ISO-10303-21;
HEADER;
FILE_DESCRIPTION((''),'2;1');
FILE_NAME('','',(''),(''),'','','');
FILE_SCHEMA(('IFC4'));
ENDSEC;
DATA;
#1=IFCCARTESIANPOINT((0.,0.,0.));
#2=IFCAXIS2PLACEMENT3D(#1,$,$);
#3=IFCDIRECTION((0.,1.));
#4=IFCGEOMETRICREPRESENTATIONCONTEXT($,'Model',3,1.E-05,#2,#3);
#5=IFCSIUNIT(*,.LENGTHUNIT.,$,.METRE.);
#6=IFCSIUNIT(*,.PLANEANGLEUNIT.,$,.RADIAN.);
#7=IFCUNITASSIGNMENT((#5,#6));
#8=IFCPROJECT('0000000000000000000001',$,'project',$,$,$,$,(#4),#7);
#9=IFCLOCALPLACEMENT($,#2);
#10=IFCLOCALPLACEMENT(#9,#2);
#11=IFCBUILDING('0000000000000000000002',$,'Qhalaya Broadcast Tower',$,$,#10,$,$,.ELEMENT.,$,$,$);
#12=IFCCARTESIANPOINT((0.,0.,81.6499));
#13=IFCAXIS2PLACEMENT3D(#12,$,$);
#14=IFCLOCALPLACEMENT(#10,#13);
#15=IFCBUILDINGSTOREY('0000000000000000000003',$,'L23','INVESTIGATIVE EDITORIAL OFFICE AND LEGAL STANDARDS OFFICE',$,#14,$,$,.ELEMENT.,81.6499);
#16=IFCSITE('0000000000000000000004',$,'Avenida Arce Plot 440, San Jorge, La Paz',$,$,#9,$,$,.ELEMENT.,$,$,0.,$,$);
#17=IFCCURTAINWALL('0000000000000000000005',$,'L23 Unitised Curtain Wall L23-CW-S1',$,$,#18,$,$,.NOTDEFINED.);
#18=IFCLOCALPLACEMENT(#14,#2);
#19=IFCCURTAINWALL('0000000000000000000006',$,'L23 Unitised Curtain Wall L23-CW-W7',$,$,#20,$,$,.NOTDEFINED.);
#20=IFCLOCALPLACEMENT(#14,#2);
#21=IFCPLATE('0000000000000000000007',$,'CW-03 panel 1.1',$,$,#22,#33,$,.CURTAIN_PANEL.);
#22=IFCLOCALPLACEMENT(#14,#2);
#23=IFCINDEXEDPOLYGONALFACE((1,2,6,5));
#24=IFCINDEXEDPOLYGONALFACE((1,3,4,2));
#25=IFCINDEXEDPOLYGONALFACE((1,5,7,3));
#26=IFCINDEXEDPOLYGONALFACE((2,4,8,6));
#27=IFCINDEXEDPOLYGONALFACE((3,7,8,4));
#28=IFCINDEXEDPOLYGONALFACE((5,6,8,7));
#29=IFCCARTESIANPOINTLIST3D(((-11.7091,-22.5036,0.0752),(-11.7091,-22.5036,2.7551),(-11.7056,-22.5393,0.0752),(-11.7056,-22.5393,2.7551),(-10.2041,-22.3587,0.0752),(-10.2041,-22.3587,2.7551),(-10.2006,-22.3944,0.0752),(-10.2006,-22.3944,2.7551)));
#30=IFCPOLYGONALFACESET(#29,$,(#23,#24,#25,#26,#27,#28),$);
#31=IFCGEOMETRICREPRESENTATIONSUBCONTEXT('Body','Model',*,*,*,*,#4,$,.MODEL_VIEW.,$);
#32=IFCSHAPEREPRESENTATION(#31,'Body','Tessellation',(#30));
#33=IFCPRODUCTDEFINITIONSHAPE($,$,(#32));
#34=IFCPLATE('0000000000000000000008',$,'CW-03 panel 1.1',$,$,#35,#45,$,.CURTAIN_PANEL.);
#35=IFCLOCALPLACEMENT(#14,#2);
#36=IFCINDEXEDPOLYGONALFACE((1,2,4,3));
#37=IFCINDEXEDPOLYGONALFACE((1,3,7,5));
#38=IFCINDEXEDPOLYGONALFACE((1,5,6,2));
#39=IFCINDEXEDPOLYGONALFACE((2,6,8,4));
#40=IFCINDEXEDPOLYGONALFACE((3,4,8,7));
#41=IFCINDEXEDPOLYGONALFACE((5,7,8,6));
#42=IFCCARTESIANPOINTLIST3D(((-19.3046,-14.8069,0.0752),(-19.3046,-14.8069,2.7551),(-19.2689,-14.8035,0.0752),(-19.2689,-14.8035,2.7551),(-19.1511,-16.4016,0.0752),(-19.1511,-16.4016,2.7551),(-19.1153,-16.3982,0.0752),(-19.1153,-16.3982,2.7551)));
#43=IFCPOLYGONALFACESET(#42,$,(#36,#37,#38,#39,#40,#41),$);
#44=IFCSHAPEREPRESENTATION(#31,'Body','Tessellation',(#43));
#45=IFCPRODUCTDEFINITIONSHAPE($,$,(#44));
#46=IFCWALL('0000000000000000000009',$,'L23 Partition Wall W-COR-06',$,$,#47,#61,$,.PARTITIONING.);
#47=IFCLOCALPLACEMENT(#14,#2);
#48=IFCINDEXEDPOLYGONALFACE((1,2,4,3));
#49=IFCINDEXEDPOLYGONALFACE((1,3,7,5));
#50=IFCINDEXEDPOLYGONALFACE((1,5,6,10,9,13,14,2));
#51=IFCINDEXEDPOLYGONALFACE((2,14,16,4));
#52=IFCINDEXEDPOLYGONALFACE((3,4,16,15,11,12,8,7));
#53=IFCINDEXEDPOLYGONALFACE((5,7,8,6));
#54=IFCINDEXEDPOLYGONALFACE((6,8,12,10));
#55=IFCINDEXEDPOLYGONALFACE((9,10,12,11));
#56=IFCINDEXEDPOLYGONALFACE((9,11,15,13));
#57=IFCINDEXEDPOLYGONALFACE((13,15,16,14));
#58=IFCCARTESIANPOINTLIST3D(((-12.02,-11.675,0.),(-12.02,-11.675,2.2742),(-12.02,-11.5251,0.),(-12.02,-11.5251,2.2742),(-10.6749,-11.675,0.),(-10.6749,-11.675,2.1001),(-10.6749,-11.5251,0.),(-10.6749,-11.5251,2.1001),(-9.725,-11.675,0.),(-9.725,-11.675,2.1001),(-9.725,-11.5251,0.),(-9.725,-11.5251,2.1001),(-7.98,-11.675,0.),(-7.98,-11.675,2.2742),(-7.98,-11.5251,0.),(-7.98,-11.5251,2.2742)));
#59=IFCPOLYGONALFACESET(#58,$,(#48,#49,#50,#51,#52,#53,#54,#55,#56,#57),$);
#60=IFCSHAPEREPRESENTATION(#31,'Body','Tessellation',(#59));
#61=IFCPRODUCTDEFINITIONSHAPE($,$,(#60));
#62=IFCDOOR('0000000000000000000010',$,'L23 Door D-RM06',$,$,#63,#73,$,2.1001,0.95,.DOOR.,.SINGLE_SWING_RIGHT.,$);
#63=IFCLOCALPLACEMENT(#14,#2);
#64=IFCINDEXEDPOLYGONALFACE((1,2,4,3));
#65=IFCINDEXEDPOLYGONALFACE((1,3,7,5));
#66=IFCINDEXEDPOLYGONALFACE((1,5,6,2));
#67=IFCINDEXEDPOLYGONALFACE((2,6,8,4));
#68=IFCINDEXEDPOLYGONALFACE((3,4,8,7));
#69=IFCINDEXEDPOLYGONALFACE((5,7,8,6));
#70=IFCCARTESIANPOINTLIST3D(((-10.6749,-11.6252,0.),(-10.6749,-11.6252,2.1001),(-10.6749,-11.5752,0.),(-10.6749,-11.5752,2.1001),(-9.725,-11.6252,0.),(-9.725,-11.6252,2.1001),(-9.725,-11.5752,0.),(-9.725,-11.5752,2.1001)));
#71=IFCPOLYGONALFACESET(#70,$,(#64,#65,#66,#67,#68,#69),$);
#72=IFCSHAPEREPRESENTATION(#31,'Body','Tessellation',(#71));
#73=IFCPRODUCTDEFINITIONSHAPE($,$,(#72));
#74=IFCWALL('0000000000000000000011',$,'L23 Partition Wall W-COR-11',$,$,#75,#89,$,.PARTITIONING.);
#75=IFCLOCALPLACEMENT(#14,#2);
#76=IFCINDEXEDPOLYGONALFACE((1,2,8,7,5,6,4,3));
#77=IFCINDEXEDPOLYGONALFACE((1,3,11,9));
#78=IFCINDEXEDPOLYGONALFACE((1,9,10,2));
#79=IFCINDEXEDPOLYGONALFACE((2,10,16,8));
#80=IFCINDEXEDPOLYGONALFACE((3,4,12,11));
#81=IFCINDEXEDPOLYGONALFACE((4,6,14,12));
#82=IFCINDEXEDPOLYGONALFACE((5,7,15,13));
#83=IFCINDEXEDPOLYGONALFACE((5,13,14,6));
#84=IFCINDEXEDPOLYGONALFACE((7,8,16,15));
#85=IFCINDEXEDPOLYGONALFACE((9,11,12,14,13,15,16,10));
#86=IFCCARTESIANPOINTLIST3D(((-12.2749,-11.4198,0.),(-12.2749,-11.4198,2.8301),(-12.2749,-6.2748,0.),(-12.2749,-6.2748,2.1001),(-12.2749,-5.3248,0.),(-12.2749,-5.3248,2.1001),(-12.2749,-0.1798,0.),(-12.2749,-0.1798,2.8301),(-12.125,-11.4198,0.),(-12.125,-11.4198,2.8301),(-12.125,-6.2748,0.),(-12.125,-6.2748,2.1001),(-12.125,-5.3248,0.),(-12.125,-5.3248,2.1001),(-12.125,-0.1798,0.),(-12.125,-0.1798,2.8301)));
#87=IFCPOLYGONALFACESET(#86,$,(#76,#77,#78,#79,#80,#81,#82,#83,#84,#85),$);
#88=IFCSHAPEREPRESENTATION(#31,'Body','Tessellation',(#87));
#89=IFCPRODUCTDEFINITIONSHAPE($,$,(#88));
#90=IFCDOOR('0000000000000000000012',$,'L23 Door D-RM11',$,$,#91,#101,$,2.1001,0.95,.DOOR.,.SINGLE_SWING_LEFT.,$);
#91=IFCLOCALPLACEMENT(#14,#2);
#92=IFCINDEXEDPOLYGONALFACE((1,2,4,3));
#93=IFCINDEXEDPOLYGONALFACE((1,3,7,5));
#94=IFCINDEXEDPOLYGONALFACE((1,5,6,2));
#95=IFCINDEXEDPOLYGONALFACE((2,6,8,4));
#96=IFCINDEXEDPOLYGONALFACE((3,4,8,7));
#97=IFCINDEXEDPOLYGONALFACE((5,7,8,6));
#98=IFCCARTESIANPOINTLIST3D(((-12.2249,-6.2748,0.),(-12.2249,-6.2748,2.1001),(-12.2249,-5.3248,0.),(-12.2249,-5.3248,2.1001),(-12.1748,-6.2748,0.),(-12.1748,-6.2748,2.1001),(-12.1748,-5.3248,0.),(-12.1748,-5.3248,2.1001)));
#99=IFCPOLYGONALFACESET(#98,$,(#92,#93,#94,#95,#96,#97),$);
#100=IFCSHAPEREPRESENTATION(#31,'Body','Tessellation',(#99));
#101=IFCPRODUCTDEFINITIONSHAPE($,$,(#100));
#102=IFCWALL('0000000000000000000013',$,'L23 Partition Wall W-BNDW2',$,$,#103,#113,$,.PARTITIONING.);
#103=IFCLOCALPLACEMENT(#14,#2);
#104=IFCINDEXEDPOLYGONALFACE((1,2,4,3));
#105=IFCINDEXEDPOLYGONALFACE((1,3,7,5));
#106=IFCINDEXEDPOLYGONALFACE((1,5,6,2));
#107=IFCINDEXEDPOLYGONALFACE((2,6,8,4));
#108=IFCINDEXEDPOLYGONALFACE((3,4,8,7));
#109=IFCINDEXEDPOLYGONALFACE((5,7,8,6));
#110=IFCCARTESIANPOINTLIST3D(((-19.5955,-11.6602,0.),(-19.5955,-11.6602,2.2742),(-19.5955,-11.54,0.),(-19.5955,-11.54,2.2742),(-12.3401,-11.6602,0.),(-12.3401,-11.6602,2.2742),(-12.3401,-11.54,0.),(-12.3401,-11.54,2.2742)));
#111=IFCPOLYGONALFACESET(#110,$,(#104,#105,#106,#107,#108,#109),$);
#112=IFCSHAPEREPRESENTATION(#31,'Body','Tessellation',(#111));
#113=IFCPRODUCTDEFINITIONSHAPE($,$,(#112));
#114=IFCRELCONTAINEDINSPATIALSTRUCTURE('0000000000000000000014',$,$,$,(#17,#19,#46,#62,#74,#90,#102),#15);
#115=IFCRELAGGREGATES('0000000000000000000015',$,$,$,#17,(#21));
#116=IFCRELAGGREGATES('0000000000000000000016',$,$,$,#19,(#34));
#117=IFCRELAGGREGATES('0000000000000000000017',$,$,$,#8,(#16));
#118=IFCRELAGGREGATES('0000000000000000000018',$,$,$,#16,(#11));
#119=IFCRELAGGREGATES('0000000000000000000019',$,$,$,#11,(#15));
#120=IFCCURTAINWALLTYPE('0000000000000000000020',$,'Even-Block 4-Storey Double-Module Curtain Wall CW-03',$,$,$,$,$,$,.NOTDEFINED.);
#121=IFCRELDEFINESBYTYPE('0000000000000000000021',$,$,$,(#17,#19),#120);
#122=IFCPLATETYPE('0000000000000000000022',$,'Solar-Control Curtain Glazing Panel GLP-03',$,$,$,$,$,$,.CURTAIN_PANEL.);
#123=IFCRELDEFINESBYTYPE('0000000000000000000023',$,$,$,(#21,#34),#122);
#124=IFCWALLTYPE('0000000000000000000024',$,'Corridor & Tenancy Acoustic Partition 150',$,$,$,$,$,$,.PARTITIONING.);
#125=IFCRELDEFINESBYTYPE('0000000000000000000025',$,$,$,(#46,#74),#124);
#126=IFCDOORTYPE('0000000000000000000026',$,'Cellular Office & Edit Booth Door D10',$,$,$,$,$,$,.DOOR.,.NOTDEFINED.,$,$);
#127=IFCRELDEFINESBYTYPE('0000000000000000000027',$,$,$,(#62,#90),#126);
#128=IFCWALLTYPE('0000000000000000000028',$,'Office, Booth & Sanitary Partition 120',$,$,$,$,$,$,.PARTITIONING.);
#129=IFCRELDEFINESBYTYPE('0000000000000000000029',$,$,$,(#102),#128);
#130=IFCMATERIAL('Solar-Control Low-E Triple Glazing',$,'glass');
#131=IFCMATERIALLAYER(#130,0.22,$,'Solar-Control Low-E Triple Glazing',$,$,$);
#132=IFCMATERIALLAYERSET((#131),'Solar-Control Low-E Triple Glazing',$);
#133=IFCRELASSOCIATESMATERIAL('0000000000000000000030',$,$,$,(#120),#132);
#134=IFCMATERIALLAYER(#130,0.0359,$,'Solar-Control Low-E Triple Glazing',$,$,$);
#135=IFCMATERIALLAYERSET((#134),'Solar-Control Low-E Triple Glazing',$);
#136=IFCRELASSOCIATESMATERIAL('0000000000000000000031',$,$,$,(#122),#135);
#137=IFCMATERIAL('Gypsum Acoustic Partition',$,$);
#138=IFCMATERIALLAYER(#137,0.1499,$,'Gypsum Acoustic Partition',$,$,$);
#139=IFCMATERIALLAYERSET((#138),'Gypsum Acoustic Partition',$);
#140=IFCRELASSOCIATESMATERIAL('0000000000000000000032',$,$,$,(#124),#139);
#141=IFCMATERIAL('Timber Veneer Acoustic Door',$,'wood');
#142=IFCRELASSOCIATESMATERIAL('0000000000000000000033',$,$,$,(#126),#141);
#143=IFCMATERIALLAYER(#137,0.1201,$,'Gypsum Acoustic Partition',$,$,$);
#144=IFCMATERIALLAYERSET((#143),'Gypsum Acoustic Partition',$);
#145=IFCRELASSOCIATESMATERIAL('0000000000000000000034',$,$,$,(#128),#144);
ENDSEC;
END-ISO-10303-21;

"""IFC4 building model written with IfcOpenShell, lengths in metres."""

from ifc_helpers import new_model, si_unit, direction, frame, frame_2d, origin, origin_2d, place, context, subcontext, project, spatial, rectangle, extrude, material, layer, layer_set, type_object, element, fill, aggregate, save


model = new_model("IFC4")

# Units and contexts
model_context = context("Model", 3, precision=1e-05, world=origin(), true_north=direction((0.0, 1.0)))
body_context = subcontext(model_context, "Body", "Model", "MODEL_VIEW")
ifc_project = project(units=[si_unit("LENGTHUNIT", "METRE"), si_unit("PLANEANGLEUNIT", "RADIAN")], contexts=[model_context])

# Site, building, storey
site_placement = place(None, origin())
site = spatial("IfcSite", under=ifc_project, at=site_placement, Name="Avenida Arce Plot 440, San Jorge, La Paz", CompositionType="ELEMENT", RefElevation=0.0)
building_placement = place(site_placement, origin())
building = spatial("IfcBuilding", under=site, at=building_placement, Name="Qhalaya Broadcast Tower", CompositionType="ELEMENT")
storey_placement = place(building_placement, frame((0.0, 0.0, 81.6499)))
storey = spatial("IfcBuildingStorey", under=building, at=storey_placement, Name="L23", Description="INVESTIGATIVE EDITORIAL OFFICE AND LEGAL STANDARDS OFFICE", CompositionType="ELEMENT", Elevation=81.6499)

# Curtain wall
ifc_material_1 = material(Name="Solar-Control Low-E Triple Glazing", Category="glass")
ifc_layer_1 = layer(ifc_material_1, 0.22, Name="Solar-Control Low-E Triple Glazing")
ifc_layer_set_1 = layer_set([ifc_layer_1], Name="Solar-Control Low-E Triple Glazing")
curtain_wall_type_1 = type_object("IfcCurtainWallType", Name="Even-Block 4-Storey Double-Module Curtain Wall CW-03", PredefinedType="NOTDEFINED", material=ifc_layer_set_1)
curtain_wall_1_placement = place(storey_placement, origin())
curtain_wall_1 = element("IfcCurtainWall", 1, at=curtain_wall_1_placement, inside=storey, type_object=curtain_wall_type_1, Name="L23 Unitised Curtain Wall L23-CW-S1", PredefinedType="NOTDEFINED")

# Curtain wall
curtain_wall_2_placement = place(storey_placement, origin())
curtain_wall_2 = element("IfcCurtainWall", 2, at=curtain_wall_2_placement, inside=storey, type_object=curtain_wall_type_1, Name="L23 Unitised Curtain Wall L23-CW-W7", PredefinedType="NOTDEFINED")

# Plates
ifc_layer_2 = layer(ifc_material_1, 0.0359, Name="Solar-Control Low-E Triple Glazing")
ifc_layer_set_2 = layer_set([ifc_layer_2], Name="Solar-Control Low-E Triple Glazing")
plate_type_1 = type_object("IfcPlateType", Name="Solar-Control Curtain Glazing Panel GLP-03", PredefinedType="CURTAIN_PANEL", material=ifc_layer_set_2)
plate_1_placement = place(storey_placement, frame((-10.9548, -22.449, 0.0752), z_axis=(0.0, 0.0, 1.0), x_axis=(0.995396, 0.095851, 0.0)))
plate_1 = element("IfcPlate", 3, at=plate_1_placement, type_object=plate_type_1, Name="CW-03 panel 1.1", PredefinedType="CURTAIN_PANEL", context=body_context, shape_type="SweptSolid", body=[
    extrude(rectangle(XDim=1.512, YDim=0.0359, at=origin_2d()), origin(), (0.0, 0.0, 1.0), 2.6799),
])
aggregate(curtain_wall_1, [plate_1])
plate_2_placement = place(storey_placement, frame((-19.21, -15.6025, 0.0752), z_axis=(0.0, 0.0, 1.0), x_axis=(0.09583, -0.995398, 0.0)))
plate_2 = element("IfcPlate", 4, at=plate_2_placement, type_object=plate_type_1, Name="CW-03 panel 1.1", PredefinedType="CURTAIN_PANEL", context=body_context, shape_type="SweptSolid", body=[
    extrude(rectangle(XDim=1.6021, YDim=0.0359, at=origin_2d()), origin(), (0.0, 0.0, 1.0), 2.6799),
])
aggregate(curtain_wall_2, [plate_2])

# Walls, openings, doors
ifc_material_2 = material(Name="Gypsum Acoustic Partition")
ifc_layer_3 = layer(ifc_material_2, 0.1499, Name="Gypsum Acoustic Partition")
ifc_layer_set_3 = layer_set([ifc_layer_3], Name="Gypsum Acoustic Partition")
wall_type_1 = type_object("IfcWallType", Name="Corridor & Tenancy Acoustic Partition 150", PredefinedType="PARTITIONING", material=ifc_layer_set_3)
wall_1_placement = place(storey_placement, frame((-12.02, -11.6001, 0.0), z_axis=(0.0, 0.0, 1.0), x_axis=(1.0, 0.0, 0.0)))
wall_1 = element("IfcWall", 5, at=wall_1_placement, inside=storey, type_object=wall_type_1, Name="L23 Partition Wall W-COR-06", PredefinedType="PARTITIONING", context=body_context, shape_type="SweptSolid", body=[
    extrude(rectangle(XDim=4.04, YDim=0.1499, at=frame_2d((2.02, 0.0))), origin(), (0.0, 0.0, 1.0), 2.2742),
])
opening_1_placement = place(wall_1_placement, frame((1.345, 0.0, 0.0)))
opening_1 = element("IfcOpeningElement", 6, at=opening_1_placement, cuts=wall_1, PredefinedType="OPENING", context=body_context, shape_type="SweptSolid", body=[
    extrude(rectangle(XDim=0.95, YDim=2.1001, at=frame_2d((0.4751, 1.05))), frame((0.0, 0.0869, 0.0), z_axis=(0.0, -1.0, 0.0), x_axis=(1.0, 0.0, 0.0)), (0.0, 0.0, 1.0), 0.1738),
])
ifc_material_3 = material(Name="Timber Veneer Acoustic Door", Category="wood")
door_type = type_object("IfcDoorType", Name="Cellular Office & Edit Booth Door D10", OperationType="NOTDEFINED", PredefinedType="DOOR", material=ifc_material_3)
door_1_placement = place(opening_1_placement, origin())
door_1 = element("IfcDoor", 7, at=door_1_placement, inside=storey, type_object=door_type, Name="L23 Door D-RM06", OperationType="SINGLE_SWING_RIGHT", OverallHeight=2.1001, OverallWidth=0.95, PredefinedType="DOOR", context=body_context, shape_type="SweptSolid", body=[
    extrude(rectangle(XDim=0.95, YDim=2.1001, at=frame_2d((0.4751, 1.05))), frame((0.0, 0.0249, 0.0), z_axis=(0.0, -1.0, 0.0), x_axis=(1.0, 0.0, 0.0)), (0.0, 0.0, 1.0), 0.05),
])
fill(opening_1, door_1)
wall_2_placement = place(storey_placement, frame((-12.2, -11.4199, 0.0), z_axis=(0.0, 0.0, 1.0), x_axis=(0.0, 1.0, 0.0)))
wall_2 = element("IfcWall", 8, at=wall_2_placement, inside=storey, type_object=wall_type_1, Name="L23 Partition Wall W-COR-11", PredefinedType="PARTITIONING", context=body_context, shape_type="SweptSolid", body=[
    extrude(rectangle(XDim=11.24, YDim=0.1499, at=frame_2d((5.6201, 0.0))), origin(), (0.0, 0.0, 1.0), 2.8301),
])
opening_2_placement = place(wall_2_placement, frame((5.145, 0.0, 0.0)))
opening_2 = element("IfcOpeningElement", 9, at=opening_2_placement, cuts=wall_2, PredefinedType="OPENING", context=body_context, shape_type="SweptSolid", body=[
    extrude(rectangle(XDim=0.95, YDim=2.1001, at=frame_2d((0.4751, 1.05))), frame((0.0, 0.0869, 0.0), z_axis=(0.0, -1.0, 0.0), x_axis=(1.0, 0.0, 0.0)), (0.0, 0.0, 1.0), 0.1738),
])
door_2_placement = place(opening_2_placement, origin())
door_2 = element("IfcDoor", 10, at=door_2_placement, inside=storey, type_object=door_type, Name="L23 Door D-RM11", OperationType="SINGLE_SWING_LEFT", OverallHeight=2.1001, OverallWidth=0.95, PredefinedType="DOOR", context=body_context, shape_type="SweptSolid", body=[
    extrude(rectangle(XDim=0.95, YDim=2.1001, at=frame_2d((0.4751, 1.05))), frame((0.0, 0.0249, 0.0), z_axis=(0.0, -1.0, 0.0), x_axis=(1.0, 0.0, 0.0)), (0.0, 0.0, 1.0), 0.05),
])
fill(opening_2, door_2)

# Wall
ifc_layer_4 = layer(ifc_material_2, 0.1201, Name="Gypsum Acoustic Partition")
ifc_layer_set_4 = layer_set([ifc_layer_4], Name="Gypsum Acoustic Partition")
wall_type_2 = type_object("IfcWallType", Name="Office, Booth & Sanitary Partition 120", PredefinedType="PARTITIONING", material=ifc_layer_set_4)
wall_3_placement = place(storey_placement, frame((-19.5955, -11.6001, 0.0), z_axis=(0.0, 0.0, 1.0), x_axis=(1.0, 0.0, 0.0)))
element("IfcWall", 11, at=wall_3_placement, inside=storey, type_object=wall_type_2, Name="L23 Partition Wall W-BNDW2", PredefinedType="PARTITIONING", context=body_context, shape_type="SweptSolid", body=[
    extrude(rectangle(XDim=7.2554, YDim=0.1201, at=frame_2d((3.6277, 0.0))), origin(), (0.0, 0.0, 1.0), 2.2742),
])

save(model, "model.ifc")
